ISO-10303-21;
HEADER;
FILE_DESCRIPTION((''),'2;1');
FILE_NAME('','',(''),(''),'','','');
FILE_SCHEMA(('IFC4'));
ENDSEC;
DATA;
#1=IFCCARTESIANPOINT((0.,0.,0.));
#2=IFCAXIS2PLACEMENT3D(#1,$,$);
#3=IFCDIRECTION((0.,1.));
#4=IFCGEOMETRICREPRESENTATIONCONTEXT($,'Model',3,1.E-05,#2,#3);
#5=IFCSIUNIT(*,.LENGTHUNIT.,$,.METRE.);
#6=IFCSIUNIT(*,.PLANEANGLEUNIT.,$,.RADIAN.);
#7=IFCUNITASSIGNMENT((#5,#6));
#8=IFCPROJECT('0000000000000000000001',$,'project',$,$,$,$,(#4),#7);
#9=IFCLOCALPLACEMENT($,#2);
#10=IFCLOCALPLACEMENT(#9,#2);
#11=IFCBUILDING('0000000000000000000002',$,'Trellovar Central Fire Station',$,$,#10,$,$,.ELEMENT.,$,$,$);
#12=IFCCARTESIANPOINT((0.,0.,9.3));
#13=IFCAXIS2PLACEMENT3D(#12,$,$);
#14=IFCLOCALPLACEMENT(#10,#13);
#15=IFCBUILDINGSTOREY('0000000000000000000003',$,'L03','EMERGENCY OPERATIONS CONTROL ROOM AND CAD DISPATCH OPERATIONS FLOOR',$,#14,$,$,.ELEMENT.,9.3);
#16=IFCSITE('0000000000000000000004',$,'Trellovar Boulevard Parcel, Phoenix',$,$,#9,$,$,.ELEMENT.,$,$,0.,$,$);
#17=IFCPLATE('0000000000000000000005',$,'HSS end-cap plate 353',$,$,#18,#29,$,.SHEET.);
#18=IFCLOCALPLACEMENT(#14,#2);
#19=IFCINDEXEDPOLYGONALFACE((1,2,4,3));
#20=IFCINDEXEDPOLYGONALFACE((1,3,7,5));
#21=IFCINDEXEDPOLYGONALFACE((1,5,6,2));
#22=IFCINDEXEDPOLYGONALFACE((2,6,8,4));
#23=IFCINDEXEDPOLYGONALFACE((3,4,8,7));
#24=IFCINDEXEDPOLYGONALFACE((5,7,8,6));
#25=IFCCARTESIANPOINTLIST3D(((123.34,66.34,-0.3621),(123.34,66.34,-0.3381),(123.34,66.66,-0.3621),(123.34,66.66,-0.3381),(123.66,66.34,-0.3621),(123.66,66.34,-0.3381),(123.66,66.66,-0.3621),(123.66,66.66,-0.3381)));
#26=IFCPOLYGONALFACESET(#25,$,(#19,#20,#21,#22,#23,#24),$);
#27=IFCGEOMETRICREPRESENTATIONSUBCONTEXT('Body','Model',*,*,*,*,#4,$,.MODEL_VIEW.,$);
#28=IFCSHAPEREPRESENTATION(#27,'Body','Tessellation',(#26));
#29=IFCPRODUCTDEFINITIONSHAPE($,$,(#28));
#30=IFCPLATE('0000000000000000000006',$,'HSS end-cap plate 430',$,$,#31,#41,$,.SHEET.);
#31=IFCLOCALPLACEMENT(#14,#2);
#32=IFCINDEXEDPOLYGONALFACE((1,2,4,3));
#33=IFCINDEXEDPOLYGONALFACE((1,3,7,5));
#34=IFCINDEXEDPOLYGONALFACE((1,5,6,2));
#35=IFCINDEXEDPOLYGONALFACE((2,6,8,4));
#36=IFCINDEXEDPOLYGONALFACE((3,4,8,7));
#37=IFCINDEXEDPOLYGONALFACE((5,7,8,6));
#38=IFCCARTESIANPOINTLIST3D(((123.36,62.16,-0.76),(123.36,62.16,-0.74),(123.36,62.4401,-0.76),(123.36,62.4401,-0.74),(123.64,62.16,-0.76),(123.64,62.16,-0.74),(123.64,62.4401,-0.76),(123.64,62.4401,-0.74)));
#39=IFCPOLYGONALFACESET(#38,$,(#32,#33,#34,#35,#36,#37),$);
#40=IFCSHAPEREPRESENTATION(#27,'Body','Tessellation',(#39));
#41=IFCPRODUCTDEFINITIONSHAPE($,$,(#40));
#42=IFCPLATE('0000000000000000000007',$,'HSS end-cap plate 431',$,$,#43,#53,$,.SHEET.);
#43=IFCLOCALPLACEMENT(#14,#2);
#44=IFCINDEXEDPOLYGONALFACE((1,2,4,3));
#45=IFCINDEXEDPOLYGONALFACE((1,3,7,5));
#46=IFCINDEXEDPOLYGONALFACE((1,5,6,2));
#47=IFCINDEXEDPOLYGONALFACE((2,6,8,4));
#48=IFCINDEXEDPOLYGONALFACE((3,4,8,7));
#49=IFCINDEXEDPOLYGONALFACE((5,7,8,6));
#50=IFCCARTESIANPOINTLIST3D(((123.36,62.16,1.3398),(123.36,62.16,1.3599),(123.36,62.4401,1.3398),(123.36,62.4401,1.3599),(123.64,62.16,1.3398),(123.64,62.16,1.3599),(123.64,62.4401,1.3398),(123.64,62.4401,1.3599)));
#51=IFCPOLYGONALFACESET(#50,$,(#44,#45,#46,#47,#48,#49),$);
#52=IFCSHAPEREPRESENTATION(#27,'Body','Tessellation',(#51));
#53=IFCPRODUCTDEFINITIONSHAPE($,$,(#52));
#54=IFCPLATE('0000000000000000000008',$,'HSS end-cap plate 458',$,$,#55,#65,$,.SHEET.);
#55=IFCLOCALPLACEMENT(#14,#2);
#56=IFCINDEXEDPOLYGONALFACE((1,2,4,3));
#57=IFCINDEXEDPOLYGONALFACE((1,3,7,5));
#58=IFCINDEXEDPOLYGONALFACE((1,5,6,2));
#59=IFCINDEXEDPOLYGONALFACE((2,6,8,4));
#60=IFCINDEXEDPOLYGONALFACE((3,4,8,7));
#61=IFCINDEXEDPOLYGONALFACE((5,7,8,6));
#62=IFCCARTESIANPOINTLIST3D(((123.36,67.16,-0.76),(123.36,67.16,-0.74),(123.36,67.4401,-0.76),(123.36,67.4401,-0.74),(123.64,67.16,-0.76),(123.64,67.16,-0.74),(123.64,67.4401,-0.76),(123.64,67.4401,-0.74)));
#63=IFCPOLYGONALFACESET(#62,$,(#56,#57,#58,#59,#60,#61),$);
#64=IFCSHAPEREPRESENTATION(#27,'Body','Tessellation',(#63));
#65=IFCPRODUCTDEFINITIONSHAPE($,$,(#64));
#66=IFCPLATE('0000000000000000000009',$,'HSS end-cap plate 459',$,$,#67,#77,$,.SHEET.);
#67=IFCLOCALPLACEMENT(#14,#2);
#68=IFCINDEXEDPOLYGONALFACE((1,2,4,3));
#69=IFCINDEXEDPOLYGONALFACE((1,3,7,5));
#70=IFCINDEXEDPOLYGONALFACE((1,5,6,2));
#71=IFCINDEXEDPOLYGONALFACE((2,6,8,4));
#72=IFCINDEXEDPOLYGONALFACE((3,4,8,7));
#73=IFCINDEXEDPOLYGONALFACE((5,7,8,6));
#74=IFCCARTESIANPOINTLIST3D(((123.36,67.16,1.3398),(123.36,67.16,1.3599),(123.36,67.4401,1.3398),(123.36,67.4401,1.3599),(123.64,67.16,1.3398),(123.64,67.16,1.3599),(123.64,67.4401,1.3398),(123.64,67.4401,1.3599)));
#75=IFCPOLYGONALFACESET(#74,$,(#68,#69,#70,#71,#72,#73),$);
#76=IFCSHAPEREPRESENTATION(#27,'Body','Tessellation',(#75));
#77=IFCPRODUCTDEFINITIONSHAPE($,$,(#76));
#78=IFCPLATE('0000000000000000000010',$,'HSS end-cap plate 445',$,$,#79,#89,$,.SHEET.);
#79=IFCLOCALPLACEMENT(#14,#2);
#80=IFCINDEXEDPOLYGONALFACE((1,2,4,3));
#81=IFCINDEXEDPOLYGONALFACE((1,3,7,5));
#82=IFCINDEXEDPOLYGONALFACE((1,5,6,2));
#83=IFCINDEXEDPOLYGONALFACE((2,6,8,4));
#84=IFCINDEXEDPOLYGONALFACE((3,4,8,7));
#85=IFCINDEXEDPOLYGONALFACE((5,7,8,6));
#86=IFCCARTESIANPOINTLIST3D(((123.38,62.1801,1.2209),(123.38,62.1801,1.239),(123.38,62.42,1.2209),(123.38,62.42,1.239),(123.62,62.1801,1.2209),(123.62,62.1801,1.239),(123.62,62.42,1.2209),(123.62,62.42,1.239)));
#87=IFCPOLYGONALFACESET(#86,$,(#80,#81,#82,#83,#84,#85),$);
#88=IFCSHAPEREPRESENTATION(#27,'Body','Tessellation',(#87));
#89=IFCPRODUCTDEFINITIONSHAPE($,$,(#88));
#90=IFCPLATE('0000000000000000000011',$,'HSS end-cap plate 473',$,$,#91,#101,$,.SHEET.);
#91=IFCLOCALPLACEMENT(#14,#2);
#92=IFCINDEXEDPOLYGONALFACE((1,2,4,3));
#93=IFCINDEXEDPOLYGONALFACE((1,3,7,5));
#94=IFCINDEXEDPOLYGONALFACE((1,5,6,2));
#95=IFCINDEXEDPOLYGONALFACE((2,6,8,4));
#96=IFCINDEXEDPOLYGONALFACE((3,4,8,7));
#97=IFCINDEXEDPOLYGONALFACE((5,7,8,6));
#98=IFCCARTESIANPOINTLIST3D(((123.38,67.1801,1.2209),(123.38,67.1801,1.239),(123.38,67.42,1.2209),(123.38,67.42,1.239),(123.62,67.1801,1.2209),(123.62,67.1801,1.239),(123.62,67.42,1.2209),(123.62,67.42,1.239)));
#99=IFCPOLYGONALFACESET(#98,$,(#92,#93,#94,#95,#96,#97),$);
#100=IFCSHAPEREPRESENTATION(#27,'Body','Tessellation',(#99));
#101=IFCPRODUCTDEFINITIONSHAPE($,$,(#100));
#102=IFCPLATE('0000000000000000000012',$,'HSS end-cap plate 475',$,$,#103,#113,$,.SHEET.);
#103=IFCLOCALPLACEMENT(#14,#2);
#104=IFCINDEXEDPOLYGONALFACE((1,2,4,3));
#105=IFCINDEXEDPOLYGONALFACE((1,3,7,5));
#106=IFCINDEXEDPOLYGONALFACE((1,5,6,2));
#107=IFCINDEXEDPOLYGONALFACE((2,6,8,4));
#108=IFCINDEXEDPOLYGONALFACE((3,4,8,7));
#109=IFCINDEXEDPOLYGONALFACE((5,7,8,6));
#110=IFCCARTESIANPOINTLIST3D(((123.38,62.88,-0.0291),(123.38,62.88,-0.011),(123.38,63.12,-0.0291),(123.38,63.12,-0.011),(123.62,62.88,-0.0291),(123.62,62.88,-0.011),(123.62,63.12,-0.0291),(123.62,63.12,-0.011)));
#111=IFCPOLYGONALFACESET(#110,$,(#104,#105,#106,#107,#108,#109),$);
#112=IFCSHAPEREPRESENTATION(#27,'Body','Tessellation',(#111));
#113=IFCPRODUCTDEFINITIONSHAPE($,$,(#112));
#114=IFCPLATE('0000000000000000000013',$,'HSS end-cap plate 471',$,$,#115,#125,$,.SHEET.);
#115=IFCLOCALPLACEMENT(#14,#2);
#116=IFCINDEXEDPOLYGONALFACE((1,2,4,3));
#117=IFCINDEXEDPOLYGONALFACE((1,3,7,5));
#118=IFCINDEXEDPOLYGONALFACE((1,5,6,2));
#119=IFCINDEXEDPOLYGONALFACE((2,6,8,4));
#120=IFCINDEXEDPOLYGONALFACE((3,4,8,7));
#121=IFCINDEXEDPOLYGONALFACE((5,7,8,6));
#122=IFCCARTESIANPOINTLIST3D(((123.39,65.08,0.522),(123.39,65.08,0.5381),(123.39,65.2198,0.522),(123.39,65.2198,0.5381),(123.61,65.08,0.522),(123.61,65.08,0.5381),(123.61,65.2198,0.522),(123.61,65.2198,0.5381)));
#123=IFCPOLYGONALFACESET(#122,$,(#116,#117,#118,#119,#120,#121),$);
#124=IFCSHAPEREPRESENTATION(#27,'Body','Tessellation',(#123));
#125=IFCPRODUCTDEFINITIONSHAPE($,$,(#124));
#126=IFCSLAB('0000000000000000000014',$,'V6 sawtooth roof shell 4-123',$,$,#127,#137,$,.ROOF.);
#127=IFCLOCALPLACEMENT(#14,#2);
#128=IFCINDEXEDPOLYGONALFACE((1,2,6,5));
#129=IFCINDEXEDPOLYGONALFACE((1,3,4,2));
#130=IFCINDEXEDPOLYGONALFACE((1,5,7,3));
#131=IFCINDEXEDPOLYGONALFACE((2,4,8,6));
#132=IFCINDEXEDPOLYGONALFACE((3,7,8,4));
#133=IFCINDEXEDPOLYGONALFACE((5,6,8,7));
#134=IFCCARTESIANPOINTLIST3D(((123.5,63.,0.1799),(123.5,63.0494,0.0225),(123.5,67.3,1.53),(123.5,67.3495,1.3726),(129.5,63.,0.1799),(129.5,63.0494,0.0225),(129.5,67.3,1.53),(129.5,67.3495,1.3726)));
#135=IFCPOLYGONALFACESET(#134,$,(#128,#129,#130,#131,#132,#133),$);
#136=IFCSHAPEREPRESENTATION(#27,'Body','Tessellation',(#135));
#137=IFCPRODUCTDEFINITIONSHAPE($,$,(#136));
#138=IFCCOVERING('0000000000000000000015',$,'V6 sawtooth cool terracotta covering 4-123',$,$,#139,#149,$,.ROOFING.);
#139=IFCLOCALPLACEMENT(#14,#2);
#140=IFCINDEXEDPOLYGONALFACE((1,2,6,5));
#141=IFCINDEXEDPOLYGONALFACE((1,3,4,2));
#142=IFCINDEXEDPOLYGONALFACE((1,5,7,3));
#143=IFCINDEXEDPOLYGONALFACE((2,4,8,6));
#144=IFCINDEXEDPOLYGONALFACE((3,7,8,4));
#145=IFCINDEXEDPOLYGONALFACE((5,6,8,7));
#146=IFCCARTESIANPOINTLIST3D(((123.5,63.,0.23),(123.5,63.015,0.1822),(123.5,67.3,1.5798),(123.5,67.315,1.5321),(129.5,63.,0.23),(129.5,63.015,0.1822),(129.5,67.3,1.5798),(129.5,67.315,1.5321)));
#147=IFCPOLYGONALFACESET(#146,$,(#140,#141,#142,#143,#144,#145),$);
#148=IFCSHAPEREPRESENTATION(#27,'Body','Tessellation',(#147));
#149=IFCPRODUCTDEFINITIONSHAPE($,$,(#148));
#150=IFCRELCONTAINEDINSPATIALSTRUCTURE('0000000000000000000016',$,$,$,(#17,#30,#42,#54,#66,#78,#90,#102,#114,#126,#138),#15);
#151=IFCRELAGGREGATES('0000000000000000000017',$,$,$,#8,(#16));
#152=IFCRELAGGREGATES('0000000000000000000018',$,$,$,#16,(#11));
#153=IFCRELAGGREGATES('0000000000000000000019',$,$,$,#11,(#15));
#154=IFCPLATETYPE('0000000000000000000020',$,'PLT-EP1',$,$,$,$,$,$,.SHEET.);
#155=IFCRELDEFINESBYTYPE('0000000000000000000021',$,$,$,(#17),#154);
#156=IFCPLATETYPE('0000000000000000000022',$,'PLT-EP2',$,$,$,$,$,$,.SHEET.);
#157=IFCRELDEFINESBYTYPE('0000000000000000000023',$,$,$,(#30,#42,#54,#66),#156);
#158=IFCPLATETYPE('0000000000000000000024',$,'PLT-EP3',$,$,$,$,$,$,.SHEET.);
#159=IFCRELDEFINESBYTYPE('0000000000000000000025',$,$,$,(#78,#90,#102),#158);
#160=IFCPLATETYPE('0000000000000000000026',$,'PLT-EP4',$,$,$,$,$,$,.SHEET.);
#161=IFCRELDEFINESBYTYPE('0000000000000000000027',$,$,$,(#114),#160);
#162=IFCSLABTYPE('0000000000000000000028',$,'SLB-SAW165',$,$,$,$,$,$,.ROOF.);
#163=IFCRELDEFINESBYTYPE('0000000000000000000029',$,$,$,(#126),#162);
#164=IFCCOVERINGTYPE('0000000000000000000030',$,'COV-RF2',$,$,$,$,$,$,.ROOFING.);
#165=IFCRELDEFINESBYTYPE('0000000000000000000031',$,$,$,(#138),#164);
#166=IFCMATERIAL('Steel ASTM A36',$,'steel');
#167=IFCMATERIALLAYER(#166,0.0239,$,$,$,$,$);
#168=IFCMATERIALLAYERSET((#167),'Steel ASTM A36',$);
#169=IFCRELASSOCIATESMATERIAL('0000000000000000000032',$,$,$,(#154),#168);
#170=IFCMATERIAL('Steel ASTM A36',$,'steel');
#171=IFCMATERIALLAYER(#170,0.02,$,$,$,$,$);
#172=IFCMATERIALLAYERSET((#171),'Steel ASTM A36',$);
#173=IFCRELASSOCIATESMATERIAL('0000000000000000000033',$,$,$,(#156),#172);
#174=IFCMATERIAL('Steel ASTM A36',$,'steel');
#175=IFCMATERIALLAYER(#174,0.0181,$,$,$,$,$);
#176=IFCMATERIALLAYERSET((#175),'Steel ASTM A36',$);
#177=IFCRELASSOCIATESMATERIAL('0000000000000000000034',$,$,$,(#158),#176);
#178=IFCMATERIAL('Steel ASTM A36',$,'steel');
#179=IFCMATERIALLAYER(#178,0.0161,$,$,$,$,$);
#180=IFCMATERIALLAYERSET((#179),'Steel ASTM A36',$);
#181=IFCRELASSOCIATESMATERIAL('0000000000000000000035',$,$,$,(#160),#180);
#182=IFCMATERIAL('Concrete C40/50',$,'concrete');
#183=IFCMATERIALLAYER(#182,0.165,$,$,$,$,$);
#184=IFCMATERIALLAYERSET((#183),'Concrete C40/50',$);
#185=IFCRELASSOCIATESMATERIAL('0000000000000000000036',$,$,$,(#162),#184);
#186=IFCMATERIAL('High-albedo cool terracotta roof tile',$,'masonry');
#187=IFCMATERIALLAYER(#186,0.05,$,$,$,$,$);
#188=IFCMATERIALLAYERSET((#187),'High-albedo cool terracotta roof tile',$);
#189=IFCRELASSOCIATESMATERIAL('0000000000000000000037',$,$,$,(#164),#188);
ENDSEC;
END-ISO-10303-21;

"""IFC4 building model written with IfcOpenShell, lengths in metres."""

from ifc_helpers import new_model, si_unit, direction, frame, origin, origin_2d, place, context, subcontext, project, spatial, polyline, rectangle, outline, extrude, material, layer, layer_set, type_object, element, save


model = new_model("IFC4")

# Units and contexts
model_context = context("Model", 3, precision=1e-05, world=origin(), true_north=direction((0.0, 1.0)))
body_context = subcontext(model_context, "Body", "Model", "MODEL_VIEW")
ifc_project = project(units=[si_unit("LENGTHUNIT", "METRE"), si_unit("PLANEANGLEUNIT", "RADIAN")], contexts=[model_context])

# Site, building, storey
site_placement = place(None, origin())
site = spatial("IfcSite", under=ifc_project, at=site_placement, Name="Trellovar Boulevard Parcel, Phoenix", CompositionType="ELEMENT", RefElevation=0.0)
building_placement = place(site_placement, origin())
building = spatial("IfcBuilding", under=site, at=building_placement, Name="Trellovar Central Fire Station", CompositionType="ELEMENT")
storey_placement = place(building_placement, frame((0.0, 0.0, 9.3)))
storey = spatial("IfcBuildingStorey", under=building, at=storey_placement, Name="L03", Description="EMERGENCY OPERATIONS CONTROL ROOM AND CAD DISPATCH OPERATIONS FLOOR", CompositionType="ELEMENT", Elevation=9.3)

# Plates
ifc_material_1 = material(Name="Steel ASTM A36", Category="steel")
ifc_layer_1 = layer(ifc_material_1, 0.0239)
ifc_layer_set_1 = layer_set([ifc_layer_1], Name="Steel ASTM A36")
plate_type_1 = type_object("IfcPlateType", Name="PLT-EP1", PredefinedType="SHEET", material=ifc_layer_set_1)
plate_1_placement = place(storey_placement, frame((123.5, 66.5, -0.3621), z_axis=(0.0, 0.0, 1.0), x_axis=(1.0, 0.0, 0.0)))
element("IfcPlate", 1, at=plate_1_placement, inside=storey, type_object=plate_type_1, Name="HSS end-cap plate 353", PredefinedType="SHEET", context=body_context, shape_type="SweptSolid", body=[
    extrude(rectangle(XDim=0.3201, YDim=0.3201, at=origin_2d()), origin(), (0.0, 0.0, 1.0), 0.0239),
])
ifc_material_2 = material(Name="Steel ASTM A36", Category="steel")
ifc_layer_2 = layer(ifc_material_2, 0.02)
ifc_layer_set_2 = layer_set([ifc_layer_2], Name="Steel ASTM A36")
plate_type_2 = type_object("IfcPlateType", Name="PLT-EP2", PredefinedType="SHEET", material=ifc_layer_set_2)
for number, where, z_axis, x_axis, name in (
    (2, (123.5, 62.3, -0.76), (0.0, 0.0, 1.0), (1.0, 0.0, 0.0), "HSS end-cap plate 430"),
    (3, (123.5, 62.3, 1.3398), (0.0, 0.0, 1.0), (1.0, 0.0, 0.0), "HSS end-cap plate 431"),
    (4, (123.5, 67.3, -0.76), (0.0, 0.0, 1.0), (1.0, 0.0, 0.0), "HSS end-cap plate 458"),
    (5, (123.5, 67.3, 1.3398), (0.0, 0.0, 1.0), (1.0, 0.0, 0.0), "HSS end-cap plate 459"),
):
    element("IfcPlate", number, at=place(storey_placement, frame(where, z_axis=z_axis, x_axis=x_axis)), inside=storey, type_object=plate_type_2, Name=name, PredefinedType="SHEET", context=body_context, shape_type="SweptSolid", body=[
        extrude(rectangle(XDim=0.28, YDim=0.28, at=origin_2d()), origin(), (0.0, 0.0, 1.0), 0.02),
    ])
ifc_material_3 = material(Name="Steel ASTM A36", Category="steel")
ifc_layer_3 = layer(ifc_material_3, 0.0181)
ifc_layer_set_3 = layer_set([ifc_layer_3], Name="Steel ASTM A36")
plate_type_3 = type_object("IfcPlateType", Name="PLT-EP3", PredefinedType="SHEET", material=ifc_layer_set_3)
for number, where, z_axis, x_axis, name in (
    (6, (123.5, 62.3, 1.2209), (0.0, 0.0, 1.0), (1.0, 0.0, 0.0), "HSS end-cap plate 445"),
    (7, (123.5, 67.3, 1.2209), (0.0, 0.0, 1.0), (1.0, 0.0, 0.0), "HSS end-cap plate 473"),
    (8, (123.5, 63.0, -0.0291), (0.0, 0.0, 1.0), (1.0, 0.0, 0.0), "HSS end-cap plate 475"),
):
    element("IfcPlate", number, at=place(storey_placement, frame(where, z_axis=z_axis, x_axis=x_axis)), inside=storey, type_object=plate_type_3, Name=name, PredefinedType="SHEET", context=body_context, shape_type="SweptSolid", body=[
        extrude(rectangle(XDim=0.24, YDim=0.24, at=origin_2d()), origin(), (0.0, 0.0, 1.0), 0.0181),
    ])
ifc_material_4 = material(Name="Steel ASTM A36", Category="steel")
ifc_layer_4 = layer(ifc_material_4, 0.0161)
ifc_layer_set_4 = layer_set([ifc_layer_4], Name="Steel ASTM A36")
plate_type_4 = type_object("IfcPlateType", Name="PLT-EP4", PredefinedType="SHEET", material=ifc_layer_set_4)
plate_2_placement = place(storey_placement, frame((123.5, 65.1499, 0.522), z_axis=(0.0, 0.0, 1.0), x_axis=(1.0, 0.0, 0.0)))
element("IfcPlate", 9, at=plate_2_placement, inside=storey, type_object=plate_type_4, Name="HSS end-cap plate 471", PredefinedType="SHEET", context=body_context, shape_type="SweptSolid", body=[
    extrude(rectangle(XDim=0.22, YDim=0.1399, at=origin_2d()), origin(), (0.0, 0.0, 1.0), 0.0161),
])

# Slab
ifc_material_5 = material(Name="Concrete C40/50", Category="concrete")
ifc_layer_5 = layer(ifc_material_5, 0.165)
ifc_layer_set_5 = layer_set([ifc_layer_5], Name="Concrete C40/50")
slab_type = type_object("IfcSlabType", Name="SLB-SAW165", PredefinedType="ROOF", material=ifc_layer_set_5)
slab_placement = place(storey_placement, frame((123.5, 63.0, 0.1799), z_axis=(0.0, -0.299555, 0.954079), x_axis=(1.0, 0.0, 0.0)))
element("IfcSlab", 10, at=slab_placement, inside=storey, type_object=slab_type, Name="V6 sawtooth roof shell 4-123", PredefinedType="ROOF", context=body_context, shape_type="SweptSolid", body=[
    extrude(outline(polyline([(0.0, 0.0), (6.0, 0.0), (6.0, 4.507), (0.0, 4.507), (0.0, 0.0)])), origin(), (0.0, 0.0, -1.0), 0.165),
])

# Covering
ifc_material_6 = material(Name="High-albedo cool terracotta roof tile", Category="masonry")
ifc_layer_6 = layer(ifc_material_6, 0.05)
ifc_layer_set_6 = layer_set([ifc_layer_6], Name="High-albedo cool terracotta roof tile")
covering_type = type_object("IfcCoveringType", Name="COV-RF2", PredefinedType="ROOFING", material=ifc_layer_set_6)
covering_placement = place(storey_placement, frame((123.5, 63.0, 0.23), z_axis=(0.0, -0.299505, 0.954095), x_axis=(1.0, 0.0, 0.0)))
element("IfcCovering", 11, at=covering_placement, inside=storey, type_object=covering_type, Name="V6 sawtooth cool terracotta covering 4-123", PredefinedType="ROOFING", context=body_context, shape_type="SweptSolid", body=[
    extrude(outline(polyline([(0.0, 0.0), (6.0, 0.0), (6.0, 4.5069), (0.0, 4.5069), (0.0, 0.0)])), origin(), (0.0, 0.0, -1.0), 0.05),
])

save(model, "model.ifc")
